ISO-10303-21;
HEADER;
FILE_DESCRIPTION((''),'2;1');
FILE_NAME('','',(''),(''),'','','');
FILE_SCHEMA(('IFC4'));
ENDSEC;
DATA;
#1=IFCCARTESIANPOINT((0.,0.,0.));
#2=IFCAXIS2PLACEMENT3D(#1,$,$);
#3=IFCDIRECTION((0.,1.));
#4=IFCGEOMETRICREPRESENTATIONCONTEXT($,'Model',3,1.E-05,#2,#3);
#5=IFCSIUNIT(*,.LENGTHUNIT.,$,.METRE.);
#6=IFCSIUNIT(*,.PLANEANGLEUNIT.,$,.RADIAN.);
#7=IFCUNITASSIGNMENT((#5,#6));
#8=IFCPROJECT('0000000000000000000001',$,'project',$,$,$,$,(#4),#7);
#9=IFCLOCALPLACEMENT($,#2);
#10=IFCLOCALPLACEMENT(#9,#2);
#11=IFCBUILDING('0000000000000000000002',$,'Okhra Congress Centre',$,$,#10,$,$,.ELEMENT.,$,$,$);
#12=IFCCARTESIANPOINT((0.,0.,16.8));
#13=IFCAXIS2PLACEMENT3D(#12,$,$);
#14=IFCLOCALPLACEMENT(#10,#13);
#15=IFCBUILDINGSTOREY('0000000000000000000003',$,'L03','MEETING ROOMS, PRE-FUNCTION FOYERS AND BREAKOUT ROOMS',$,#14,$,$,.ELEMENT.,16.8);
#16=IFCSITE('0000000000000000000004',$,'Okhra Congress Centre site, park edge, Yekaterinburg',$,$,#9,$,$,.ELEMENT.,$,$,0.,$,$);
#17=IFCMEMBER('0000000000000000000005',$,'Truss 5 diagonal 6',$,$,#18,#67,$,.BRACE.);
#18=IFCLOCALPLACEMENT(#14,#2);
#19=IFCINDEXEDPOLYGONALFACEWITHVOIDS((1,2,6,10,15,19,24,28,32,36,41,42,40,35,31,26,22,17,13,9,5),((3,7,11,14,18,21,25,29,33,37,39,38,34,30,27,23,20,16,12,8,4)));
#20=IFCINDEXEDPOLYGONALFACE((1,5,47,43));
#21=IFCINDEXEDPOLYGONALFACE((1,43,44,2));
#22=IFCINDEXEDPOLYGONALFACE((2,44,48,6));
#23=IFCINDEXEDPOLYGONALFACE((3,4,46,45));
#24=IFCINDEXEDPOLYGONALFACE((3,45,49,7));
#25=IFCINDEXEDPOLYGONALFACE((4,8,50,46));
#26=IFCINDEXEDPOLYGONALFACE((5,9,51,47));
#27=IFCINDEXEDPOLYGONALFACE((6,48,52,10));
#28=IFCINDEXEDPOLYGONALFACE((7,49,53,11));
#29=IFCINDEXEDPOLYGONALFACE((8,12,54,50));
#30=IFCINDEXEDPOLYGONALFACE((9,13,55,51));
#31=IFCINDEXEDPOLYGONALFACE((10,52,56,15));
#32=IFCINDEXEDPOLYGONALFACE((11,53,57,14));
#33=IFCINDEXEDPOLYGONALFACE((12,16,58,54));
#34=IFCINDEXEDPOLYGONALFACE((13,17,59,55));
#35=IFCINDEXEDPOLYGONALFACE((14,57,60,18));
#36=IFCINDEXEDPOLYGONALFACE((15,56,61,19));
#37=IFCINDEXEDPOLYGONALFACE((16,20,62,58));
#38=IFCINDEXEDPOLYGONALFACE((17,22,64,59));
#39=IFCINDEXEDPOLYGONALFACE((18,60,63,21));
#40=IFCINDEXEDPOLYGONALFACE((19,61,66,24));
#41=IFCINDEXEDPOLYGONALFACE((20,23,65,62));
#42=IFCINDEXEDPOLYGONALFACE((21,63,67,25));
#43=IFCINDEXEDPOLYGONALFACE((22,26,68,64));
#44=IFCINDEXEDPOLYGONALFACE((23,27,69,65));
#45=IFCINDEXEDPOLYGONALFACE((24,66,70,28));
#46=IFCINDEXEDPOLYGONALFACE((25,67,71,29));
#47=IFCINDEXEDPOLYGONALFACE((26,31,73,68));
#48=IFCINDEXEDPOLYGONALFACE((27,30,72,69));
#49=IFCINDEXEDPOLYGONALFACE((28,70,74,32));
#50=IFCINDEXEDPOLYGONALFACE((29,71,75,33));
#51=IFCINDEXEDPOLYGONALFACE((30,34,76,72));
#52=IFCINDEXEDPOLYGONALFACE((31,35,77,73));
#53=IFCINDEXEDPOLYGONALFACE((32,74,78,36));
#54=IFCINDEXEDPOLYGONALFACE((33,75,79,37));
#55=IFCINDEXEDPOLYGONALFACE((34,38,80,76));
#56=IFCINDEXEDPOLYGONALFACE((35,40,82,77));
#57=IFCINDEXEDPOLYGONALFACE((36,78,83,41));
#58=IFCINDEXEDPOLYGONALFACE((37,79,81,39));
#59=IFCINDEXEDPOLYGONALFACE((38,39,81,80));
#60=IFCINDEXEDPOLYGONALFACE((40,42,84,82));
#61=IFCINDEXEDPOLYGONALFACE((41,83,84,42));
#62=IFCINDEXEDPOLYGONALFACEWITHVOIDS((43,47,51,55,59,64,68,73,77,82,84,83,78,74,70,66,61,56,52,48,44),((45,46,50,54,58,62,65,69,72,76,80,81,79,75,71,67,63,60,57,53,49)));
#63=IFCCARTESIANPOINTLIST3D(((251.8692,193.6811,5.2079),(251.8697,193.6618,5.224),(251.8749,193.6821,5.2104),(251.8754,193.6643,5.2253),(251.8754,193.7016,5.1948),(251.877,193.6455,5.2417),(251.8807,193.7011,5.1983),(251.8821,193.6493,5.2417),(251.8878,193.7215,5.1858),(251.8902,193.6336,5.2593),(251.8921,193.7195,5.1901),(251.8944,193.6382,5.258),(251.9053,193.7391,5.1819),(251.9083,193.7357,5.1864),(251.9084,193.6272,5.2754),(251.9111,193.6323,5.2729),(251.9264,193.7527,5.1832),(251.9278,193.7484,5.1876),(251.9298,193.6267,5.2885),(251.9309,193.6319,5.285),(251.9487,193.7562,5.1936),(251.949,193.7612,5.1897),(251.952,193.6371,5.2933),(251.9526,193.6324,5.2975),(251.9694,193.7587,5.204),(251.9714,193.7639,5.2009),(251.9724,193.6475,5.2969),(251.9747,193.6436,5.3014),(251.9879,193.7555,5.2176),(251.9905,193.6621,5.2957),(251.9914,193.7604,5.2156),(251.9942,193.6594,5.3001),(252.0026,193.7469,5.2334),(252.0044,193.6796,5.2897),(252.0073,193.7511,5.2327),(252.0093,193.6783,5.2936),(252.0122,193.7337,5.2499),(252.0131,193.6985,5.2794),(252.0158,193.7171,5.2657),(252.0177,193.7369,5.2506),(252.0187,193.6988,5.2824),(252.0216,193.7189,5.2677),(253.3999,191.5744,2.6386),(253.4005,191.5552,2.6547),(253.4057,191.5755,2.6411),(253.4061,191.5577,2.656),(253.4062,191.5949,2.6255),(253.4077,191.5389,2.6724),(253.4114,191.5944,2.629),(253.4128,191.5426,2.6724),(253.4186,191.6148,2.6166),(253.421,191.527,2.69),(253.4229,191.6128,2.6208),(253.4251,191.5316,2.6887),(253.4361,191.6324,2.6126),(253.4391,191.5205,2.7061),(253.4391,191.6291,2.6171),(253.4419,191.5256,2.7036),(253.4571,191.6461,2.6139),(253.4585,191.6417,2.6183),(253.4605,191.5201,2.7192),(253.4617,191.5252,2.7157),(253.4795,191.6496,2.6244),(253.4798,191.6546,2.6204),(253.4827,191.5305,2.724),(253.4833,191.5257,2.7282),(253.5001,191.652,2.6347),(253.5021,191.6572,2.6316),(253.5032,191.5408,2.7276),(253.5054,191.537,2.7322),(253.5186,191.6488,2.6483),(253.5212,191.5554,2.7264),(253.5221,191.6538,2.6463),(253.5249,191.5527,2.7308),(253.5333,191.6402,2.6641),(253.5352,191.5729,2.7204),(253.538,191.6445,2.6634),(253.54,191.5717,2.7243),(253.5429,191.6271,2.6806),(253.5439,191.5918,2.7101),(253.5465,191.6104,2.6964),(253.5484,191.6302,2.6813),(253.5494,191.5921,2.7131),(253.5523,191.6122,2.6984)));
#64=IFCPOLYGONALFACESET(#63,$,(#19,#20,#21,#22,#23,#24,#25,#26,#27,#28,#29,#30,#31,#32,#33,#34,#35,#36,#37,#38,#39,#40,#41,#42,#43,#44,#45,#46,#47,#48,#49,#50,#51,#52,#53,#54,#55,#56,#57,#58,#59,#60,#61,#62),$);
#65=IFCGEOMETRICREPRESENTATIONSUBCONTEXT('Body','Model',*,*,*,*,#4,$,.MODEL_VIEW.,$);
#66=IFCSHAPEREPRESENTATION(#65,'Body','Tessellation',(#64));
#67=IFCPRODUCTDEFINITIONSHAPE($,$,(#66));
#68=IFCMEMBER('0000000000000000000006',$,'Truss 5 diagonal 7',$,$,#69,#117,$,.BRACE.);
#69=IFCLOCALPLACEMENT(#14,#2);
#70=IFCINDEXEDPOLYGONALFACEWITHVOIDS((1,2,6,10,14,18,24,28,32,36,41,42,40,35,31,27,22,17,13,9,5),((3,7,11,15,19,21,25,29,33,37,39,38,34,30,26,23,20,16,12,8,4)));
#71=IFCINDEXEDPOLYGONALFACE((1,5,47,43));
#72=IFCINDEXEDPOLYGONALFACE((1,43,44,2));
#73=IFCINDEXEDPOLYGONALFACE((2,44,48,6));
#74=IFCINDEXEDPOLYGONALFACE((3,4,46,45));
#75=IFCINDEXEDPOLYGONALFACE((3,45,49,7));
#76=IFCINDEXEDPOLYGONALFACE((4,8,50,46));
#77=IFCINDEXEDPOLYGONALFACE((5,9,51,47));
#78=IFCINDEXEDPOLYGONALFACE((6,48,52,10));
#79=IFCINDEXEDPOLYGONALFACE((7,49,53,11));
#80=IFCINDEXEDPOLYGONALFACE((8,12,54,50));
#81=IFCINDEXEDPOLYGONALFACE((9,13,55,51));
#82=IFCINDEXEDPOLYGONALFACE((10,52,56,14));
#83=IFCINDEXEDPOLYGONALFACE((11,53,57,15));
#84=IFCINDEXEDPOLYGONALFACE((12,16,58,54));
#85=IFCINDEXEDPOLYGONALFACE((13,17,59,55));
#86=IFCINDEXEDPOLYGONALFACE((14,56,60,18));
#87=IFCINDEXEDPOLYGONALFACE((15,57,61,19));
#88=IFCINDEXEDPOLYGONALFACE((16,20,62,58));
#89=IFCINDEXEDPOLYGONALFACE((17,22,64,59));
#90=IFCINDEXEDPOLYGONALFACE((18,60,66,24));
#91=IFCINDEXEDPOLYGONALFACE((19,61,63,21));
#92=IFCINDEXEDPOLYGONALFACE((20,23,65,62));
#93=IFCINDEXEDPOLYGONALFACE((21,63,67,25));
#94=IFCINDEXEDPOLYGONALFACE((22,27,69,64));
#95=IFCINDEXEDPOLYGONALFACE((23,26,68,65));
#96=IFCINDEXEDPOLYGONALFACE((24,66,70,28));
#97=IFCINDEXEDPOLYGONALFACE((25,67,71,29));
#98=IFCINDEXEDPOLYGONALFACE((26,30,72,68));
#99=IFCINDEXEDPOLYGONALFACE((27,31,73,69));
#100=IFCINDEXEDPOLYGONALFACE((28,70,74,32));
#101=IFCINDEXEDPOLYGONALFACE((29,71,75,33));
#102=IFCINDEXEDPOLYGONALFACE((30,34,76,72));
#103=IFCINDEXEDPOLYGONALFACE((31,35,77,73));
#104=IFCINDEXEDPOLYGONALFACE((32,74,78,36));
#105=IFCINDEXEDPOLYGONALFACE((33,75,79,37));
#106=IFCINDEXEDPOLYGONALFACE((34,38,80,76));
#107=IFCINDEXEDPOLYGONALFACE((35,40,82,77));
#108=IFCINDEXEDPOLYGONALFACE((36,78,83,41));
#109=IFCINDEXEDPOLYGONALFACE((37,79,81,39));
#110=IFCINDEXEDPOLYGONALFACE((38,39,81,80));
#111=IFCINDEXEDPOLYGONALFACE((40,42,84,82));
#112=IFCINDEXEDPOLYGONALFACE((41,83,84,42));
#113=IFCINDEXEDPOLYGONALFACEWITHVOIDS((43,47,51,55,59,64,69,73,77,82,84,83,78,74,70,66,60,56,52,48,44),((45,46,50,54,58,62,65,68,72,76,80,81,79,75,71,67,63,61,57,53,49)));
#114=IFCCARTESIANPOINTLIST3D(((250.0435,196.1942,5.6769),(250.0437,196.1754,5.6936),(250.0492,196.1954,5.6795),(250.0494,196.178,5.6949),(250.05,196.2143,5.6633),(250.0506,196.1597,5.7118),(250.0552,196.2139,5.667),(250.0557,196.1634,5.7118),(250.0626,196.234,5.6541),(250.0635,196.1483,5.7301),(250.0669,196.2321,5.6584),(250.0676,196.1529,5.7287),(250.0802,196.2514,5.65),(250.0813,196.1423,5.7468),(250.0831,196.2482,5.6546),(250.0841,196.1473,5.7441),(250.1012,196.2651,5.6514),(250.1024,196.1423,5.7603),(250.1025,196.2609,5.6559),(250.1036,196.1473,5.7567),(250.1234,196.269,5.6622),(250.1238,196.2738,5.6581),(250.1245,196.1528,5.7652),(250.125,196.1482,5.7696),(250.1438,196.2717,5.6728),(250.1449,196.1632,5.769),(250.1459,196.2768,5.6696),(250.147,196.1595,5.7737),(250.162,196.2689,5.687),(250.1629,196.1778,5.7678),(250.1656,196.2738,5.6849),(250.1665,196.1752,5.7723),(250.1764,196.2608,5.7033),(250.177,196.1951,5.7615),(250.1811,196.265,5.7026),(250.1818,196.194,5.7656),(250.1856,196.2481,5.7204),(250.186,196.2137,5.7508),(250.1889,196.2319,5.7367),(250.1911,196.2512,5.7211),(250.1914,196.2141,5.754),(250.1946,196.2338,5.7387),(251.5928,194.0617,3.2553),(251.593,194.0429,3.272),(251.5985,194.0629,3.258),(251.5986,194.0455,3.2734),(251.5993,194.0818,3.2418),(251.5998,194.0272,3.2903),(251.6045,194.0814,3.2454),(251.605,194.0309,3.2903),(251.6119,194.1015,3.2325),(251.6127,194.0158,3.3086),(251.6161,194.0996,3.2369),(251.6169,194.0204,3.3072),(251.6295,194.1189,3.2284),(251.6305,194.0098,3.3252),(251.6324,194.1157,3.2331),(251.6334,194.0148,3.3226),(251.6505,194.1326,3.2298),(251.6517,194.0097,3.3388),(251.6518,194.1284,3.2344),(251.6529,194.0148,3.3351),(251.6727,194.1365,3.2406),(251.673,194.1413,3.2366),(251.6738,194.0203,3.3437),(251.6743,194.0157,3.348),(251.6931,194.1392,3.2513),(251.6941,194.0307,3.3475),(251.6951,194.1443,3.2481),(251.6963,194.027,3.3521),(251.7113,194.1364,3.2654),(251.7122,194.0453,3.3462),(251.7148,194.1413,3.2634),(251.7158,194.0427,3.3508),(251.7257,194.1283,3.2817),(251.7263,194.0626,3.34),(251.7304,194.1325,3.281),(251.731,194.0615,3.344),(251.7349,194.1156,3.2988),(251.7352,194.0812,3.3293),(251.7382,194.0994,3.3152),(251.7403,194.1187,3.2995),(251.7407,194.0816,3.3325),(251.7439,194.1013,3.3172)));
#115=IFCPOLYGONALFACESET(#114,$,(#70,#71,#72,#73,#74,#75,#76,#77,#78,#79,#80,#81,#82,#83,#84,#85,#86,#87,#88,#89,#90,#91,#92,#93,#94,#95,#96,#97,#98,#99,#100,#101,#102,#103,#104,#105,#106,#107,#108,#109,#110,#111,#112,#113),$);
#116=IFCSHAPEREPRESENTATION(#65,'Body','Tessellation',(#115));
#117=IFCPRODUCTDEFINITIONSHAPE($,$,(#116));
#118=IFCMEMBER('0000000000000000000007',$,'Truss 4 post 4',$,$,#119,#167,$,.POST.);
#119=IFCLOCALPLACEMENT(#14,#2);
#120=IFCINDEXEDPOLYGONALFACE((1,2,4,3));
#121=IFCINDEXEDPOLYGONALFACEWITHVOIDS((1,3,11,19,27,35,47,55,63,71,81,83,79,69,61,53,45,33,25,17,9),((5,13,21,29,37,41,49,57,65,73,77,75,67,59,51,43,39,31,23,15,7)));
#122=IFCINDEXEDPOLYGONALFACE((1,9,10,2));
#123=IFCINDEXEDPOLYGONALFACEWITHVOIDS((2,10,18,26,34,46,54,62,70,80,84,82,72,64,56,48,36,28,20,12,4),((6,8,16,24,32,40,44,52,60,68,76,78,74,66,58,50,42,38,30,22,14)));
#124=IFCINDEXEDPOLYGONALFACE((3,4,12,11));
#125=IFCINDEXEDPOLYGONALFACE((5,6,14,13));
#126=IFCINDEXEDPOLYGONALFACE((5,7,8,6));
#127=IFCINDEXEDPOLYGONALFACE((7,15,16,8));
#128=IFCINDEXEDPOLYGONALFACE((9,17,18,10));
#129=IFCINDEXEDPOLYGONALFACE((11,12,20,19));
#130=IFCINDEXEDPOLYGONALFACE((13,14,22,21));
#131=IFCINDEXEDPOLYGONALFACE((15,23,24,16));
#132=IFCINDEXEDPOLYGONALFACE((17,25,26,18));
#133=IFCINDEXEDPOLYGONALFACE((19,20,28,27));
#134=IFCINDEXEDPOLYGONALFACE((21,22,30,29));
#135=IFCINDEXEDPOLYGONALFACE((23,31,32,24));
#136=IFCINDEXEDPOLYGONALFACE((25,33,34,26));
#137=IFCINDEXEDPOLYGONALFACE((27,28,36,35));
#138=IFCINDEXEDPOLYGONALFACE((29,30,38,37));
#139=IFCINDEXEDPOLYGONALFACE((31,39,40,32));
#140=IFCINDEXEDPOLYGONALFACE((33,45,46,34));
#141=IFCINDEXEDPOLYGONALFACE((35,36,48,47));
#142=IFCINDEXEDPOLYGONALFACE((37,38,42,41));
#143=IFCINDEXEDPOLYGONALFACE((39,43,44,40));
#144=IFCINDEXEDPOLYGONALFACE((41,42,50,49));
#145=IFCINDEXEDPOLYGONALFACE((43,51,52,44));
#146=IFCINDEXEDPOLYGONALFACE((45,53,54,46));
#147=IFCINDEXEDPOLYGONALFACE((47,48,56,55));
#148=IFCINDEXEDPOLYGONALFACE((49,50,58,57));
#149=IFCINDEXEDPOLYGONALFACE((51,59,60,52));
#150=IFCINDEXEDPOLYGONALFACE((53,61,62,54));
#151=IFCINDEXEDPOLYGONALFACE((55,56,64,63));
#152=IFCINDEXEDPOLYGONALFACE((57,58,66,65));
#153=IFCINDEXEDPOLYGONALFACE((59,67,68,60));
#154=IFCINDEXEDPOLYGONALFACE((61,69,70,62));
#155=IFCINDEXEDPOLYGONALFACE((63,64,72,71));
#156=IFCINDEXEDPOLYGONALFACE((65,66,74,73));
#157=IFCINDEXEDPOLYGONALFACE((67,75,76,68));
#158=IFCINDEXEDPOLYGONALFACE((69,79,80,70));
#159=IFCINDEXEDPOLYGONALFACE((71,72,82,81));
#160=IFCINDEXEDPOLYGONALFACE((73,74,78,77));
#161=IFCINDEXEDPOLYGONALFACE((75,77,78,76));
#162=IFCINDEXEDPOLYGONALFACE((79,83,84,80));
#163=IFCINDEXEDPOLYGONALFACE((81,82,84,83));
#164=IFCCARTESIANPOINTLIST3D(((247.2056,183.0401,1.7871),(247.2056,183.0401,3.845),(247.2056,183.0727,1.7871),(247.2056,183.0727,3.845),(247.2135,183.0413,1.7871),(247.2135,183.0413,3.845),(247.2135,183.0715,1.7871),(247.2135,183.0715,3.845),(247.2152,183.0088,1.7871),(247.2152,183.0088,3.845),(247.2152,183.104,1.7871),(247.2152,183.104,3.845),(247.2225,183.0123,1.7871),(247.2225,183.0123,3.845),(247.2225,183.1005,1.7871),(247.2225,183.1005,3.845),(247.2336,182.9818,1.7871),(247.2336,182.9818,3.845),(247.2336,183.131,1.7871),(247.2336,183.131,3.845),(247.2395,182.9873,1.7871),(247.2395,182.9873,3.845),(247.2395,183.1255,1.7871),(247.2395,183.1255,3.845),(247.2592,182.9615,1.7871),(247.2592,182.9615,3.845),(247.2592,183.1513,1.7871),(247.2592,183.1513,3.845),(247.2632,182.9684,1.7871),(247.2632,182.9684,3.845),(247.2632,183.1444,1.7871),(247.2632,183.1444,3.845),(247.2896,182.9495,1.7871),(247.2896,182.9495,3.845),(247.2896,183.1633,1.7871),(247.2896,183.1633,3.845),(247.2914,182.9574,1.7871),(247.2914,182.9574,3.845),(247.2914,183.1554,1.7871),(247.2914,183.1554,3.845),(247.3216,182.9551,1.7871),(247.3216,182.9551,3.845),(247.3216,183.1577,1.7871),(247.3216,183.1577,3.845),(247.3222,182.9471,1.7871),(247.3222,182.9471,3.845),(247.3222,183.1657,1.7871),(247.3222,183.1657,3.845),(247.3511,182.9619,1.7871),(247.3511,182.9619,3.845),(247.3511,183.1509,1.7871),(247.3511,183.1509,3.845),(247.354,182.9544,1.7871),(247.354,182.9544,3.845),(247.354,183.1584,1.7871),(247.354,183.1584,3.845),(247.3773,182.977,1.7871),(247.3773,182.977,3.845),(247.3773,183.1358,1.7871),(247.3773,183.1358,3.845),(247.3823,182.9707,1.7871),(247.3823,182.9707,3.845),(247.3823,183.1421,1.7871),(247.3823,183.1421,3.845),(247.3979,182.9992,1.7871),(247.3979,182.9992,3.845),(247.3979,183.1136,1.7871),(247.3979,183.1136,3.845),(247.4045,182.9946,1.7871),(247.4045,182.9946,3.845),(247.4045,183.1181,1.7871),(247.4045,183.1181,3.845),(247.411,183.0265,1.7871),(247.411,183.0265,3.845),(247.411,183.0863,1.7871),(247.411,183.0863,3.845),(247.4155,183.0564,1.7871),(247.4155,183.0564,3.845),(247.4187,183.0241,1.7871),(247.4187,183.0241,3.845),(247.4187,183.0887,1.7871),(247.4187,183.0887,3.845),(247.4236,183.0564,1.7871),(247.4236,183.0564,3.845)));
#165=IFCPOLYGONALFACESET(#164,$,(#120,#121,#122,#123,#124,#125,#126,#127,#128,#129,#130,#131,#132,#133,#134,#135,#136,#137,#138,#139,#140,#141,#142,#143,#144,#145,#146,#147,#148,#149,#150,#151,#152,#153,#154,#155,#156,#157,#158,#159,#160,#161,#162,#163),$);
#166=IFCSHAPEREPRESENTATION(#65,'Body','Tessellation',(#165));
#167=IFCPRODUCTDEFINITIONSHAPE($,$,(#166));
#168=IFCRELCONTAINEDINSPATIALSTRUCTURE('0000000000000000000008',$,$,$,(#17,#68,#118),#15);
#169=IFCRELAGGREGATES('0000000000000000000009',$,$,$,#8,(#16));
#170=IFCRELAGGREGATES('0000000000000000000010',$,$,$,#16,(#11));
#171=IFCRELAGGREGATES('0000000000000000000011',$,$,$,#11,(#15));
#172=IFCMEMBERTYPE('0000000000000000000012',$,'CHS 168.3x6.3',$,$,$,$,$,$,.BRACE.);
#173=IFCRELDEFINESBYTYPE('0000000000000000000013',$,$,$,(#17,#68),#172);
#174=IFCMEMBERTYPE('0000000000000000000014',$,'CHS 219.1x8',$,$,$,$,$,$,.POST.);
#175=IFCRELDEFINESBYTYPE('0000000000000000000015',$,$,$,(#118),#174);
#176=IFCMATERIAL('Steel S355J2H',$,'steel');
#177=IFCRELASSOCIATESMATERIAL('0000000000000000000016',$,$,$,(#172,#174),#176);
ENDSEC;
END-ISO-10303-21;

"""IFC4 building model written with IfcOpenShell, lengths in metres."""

from ifc_helpers import new_model, si_unit, direction, frame, origin, origin_2d, place, context, subcontext, project, spatial, hollow_circle, extrude, material, material_profile, profile_set, type_object, element, save


model = new_model("IFC4")

# Units and contexts
model_context = context("Model", 3, precision=1e-05, world=origin(), true_north=direction((0.0, 1.0)))
body_context = subcontext(model_context, "Body", "Model", "MODEL_VIEW")
ifc_project = project(units=[si_unit("LENGTHUNIT", "METRE"), si_unit("PLANEANGLEUNIT", "RADIAN")], contexts=[model_context])

# Site, building, storey
site_placement = place(None, origin())
site = spatial("IfcSite", under=ifc_project, at=site_placement, Name="Okhra Congress Centre site, park edge, Yekaterinburg", CompositionType="ELEMENT", RefElevation=0.0)
building_placement = place(site_placement, origin())
building = spatial("IfcBuilding", under=site, at=building_placement, Name="Okhra Congress Centre", CompositionType="ELEMENT")
storey_placement = place(building_placement, frame((0.0, 0.0, 16.8)))
storey = spatial("IfcBuildingStorey", under=building, at=storey_placement, Name="L03", Description="MEETING ROOMS, PRE-FUNCTION FOYERS AND BREAKOUT ROOMS", CompositionType="ELEMENT", Elevation=16.8)

# Members
ifc_material_1 = material(Name="Steel S355J2H", Category="steel")
ifc_material_profile_1 = material_profile(ifc_material_1, hollow_circle(Radius=0.0842, WallThickness=0.0063, at=origin_2d()), Name="CHS 168.3x6.3")
ifc_profile_set_1 = profile_set([ifc_material_profile_1], Name="Steel S355J2H")
member_type_1 = type_object("IfcMemberType", Name="CHS 168.3x6.3", PredefinedType="BRACE", material=ifc_profile_set_1)
member_1_placement = place(storey_placement, frame((253.4758, 191.5884, 2.6724), z_axis=(-0.41844, 0.575872, 0.702338), x_axis=(-0.808987, -0.587826, 0.0)))
element("IfcMember", 1, at=member_1_placement, inside=storey, type_object=member_type_1, Name="Truss 5 diagonal 6", PredefinedType="BRACE", context=body_context, shape_type="SweptSolid", body=[
    extrude(hollow_circle(Radius=0.0842, WallThickness=0.0063, at=origin_2d()), origin(), (0.0, 0.0, 1.0), 3.6582),
])
member_2_placement = place(storey_placement, frame((251.668, 194.0767, 3.2903), z_axis=(-0.432835, 0.59578, 0.676535), x_axis=(-0.809032, -0.587764, 0.0)))
element("IfcMember", 2, at=member_2_placement, inside=storey, type_object=member_type_1, Name="Truss 5 diagonal 7", PredefinedType="BRACE", context=body_context, shape_type="SweptSolid", body=[
    extrude(hollow_circle(Radius=0.0842, WallThickness=0.0063, at=origin_2d()), origin(), (0.0, 0.0, 1.0), 3.5793),
])
ifc_material_profile_2 = material_profile(ifc_material_1, hollow_circle(Radius=0.1096, WallThickness=0.0081, at=origin_2d()), Name="CHS 219.1x8")
ifc_profile_set_2 = profile_set([ifc_material_profile_2], Name="Steel S355J2H")
member_type_2 = type_object("IfcMemberType", Name="CHS 219.1x8", PredefinedType="POST", material=ifc_profile_set_2)
member_3_placement = place(storey_placement, frame((247.314, 183.0564, 1.7871), z_axis=(0.0, 0.0, 1.0), x_axis=(1.0, 0.0, 0.0)))
element("IfcMember", 3, at=member_3_placement, inside=storey, type_object=member_type_2, Name="Truss 4 post 4", PredefinedType="POST", context=body_context, shape_type="SweptSolid", body=[
    extrude(hollow_circle(Radius=0.1096, WallThickness=0.0081, at=origin_2d()), origin(), (0.0, 0.0, 1.0), 2.0579),
])

save(model, "model.ifc")
